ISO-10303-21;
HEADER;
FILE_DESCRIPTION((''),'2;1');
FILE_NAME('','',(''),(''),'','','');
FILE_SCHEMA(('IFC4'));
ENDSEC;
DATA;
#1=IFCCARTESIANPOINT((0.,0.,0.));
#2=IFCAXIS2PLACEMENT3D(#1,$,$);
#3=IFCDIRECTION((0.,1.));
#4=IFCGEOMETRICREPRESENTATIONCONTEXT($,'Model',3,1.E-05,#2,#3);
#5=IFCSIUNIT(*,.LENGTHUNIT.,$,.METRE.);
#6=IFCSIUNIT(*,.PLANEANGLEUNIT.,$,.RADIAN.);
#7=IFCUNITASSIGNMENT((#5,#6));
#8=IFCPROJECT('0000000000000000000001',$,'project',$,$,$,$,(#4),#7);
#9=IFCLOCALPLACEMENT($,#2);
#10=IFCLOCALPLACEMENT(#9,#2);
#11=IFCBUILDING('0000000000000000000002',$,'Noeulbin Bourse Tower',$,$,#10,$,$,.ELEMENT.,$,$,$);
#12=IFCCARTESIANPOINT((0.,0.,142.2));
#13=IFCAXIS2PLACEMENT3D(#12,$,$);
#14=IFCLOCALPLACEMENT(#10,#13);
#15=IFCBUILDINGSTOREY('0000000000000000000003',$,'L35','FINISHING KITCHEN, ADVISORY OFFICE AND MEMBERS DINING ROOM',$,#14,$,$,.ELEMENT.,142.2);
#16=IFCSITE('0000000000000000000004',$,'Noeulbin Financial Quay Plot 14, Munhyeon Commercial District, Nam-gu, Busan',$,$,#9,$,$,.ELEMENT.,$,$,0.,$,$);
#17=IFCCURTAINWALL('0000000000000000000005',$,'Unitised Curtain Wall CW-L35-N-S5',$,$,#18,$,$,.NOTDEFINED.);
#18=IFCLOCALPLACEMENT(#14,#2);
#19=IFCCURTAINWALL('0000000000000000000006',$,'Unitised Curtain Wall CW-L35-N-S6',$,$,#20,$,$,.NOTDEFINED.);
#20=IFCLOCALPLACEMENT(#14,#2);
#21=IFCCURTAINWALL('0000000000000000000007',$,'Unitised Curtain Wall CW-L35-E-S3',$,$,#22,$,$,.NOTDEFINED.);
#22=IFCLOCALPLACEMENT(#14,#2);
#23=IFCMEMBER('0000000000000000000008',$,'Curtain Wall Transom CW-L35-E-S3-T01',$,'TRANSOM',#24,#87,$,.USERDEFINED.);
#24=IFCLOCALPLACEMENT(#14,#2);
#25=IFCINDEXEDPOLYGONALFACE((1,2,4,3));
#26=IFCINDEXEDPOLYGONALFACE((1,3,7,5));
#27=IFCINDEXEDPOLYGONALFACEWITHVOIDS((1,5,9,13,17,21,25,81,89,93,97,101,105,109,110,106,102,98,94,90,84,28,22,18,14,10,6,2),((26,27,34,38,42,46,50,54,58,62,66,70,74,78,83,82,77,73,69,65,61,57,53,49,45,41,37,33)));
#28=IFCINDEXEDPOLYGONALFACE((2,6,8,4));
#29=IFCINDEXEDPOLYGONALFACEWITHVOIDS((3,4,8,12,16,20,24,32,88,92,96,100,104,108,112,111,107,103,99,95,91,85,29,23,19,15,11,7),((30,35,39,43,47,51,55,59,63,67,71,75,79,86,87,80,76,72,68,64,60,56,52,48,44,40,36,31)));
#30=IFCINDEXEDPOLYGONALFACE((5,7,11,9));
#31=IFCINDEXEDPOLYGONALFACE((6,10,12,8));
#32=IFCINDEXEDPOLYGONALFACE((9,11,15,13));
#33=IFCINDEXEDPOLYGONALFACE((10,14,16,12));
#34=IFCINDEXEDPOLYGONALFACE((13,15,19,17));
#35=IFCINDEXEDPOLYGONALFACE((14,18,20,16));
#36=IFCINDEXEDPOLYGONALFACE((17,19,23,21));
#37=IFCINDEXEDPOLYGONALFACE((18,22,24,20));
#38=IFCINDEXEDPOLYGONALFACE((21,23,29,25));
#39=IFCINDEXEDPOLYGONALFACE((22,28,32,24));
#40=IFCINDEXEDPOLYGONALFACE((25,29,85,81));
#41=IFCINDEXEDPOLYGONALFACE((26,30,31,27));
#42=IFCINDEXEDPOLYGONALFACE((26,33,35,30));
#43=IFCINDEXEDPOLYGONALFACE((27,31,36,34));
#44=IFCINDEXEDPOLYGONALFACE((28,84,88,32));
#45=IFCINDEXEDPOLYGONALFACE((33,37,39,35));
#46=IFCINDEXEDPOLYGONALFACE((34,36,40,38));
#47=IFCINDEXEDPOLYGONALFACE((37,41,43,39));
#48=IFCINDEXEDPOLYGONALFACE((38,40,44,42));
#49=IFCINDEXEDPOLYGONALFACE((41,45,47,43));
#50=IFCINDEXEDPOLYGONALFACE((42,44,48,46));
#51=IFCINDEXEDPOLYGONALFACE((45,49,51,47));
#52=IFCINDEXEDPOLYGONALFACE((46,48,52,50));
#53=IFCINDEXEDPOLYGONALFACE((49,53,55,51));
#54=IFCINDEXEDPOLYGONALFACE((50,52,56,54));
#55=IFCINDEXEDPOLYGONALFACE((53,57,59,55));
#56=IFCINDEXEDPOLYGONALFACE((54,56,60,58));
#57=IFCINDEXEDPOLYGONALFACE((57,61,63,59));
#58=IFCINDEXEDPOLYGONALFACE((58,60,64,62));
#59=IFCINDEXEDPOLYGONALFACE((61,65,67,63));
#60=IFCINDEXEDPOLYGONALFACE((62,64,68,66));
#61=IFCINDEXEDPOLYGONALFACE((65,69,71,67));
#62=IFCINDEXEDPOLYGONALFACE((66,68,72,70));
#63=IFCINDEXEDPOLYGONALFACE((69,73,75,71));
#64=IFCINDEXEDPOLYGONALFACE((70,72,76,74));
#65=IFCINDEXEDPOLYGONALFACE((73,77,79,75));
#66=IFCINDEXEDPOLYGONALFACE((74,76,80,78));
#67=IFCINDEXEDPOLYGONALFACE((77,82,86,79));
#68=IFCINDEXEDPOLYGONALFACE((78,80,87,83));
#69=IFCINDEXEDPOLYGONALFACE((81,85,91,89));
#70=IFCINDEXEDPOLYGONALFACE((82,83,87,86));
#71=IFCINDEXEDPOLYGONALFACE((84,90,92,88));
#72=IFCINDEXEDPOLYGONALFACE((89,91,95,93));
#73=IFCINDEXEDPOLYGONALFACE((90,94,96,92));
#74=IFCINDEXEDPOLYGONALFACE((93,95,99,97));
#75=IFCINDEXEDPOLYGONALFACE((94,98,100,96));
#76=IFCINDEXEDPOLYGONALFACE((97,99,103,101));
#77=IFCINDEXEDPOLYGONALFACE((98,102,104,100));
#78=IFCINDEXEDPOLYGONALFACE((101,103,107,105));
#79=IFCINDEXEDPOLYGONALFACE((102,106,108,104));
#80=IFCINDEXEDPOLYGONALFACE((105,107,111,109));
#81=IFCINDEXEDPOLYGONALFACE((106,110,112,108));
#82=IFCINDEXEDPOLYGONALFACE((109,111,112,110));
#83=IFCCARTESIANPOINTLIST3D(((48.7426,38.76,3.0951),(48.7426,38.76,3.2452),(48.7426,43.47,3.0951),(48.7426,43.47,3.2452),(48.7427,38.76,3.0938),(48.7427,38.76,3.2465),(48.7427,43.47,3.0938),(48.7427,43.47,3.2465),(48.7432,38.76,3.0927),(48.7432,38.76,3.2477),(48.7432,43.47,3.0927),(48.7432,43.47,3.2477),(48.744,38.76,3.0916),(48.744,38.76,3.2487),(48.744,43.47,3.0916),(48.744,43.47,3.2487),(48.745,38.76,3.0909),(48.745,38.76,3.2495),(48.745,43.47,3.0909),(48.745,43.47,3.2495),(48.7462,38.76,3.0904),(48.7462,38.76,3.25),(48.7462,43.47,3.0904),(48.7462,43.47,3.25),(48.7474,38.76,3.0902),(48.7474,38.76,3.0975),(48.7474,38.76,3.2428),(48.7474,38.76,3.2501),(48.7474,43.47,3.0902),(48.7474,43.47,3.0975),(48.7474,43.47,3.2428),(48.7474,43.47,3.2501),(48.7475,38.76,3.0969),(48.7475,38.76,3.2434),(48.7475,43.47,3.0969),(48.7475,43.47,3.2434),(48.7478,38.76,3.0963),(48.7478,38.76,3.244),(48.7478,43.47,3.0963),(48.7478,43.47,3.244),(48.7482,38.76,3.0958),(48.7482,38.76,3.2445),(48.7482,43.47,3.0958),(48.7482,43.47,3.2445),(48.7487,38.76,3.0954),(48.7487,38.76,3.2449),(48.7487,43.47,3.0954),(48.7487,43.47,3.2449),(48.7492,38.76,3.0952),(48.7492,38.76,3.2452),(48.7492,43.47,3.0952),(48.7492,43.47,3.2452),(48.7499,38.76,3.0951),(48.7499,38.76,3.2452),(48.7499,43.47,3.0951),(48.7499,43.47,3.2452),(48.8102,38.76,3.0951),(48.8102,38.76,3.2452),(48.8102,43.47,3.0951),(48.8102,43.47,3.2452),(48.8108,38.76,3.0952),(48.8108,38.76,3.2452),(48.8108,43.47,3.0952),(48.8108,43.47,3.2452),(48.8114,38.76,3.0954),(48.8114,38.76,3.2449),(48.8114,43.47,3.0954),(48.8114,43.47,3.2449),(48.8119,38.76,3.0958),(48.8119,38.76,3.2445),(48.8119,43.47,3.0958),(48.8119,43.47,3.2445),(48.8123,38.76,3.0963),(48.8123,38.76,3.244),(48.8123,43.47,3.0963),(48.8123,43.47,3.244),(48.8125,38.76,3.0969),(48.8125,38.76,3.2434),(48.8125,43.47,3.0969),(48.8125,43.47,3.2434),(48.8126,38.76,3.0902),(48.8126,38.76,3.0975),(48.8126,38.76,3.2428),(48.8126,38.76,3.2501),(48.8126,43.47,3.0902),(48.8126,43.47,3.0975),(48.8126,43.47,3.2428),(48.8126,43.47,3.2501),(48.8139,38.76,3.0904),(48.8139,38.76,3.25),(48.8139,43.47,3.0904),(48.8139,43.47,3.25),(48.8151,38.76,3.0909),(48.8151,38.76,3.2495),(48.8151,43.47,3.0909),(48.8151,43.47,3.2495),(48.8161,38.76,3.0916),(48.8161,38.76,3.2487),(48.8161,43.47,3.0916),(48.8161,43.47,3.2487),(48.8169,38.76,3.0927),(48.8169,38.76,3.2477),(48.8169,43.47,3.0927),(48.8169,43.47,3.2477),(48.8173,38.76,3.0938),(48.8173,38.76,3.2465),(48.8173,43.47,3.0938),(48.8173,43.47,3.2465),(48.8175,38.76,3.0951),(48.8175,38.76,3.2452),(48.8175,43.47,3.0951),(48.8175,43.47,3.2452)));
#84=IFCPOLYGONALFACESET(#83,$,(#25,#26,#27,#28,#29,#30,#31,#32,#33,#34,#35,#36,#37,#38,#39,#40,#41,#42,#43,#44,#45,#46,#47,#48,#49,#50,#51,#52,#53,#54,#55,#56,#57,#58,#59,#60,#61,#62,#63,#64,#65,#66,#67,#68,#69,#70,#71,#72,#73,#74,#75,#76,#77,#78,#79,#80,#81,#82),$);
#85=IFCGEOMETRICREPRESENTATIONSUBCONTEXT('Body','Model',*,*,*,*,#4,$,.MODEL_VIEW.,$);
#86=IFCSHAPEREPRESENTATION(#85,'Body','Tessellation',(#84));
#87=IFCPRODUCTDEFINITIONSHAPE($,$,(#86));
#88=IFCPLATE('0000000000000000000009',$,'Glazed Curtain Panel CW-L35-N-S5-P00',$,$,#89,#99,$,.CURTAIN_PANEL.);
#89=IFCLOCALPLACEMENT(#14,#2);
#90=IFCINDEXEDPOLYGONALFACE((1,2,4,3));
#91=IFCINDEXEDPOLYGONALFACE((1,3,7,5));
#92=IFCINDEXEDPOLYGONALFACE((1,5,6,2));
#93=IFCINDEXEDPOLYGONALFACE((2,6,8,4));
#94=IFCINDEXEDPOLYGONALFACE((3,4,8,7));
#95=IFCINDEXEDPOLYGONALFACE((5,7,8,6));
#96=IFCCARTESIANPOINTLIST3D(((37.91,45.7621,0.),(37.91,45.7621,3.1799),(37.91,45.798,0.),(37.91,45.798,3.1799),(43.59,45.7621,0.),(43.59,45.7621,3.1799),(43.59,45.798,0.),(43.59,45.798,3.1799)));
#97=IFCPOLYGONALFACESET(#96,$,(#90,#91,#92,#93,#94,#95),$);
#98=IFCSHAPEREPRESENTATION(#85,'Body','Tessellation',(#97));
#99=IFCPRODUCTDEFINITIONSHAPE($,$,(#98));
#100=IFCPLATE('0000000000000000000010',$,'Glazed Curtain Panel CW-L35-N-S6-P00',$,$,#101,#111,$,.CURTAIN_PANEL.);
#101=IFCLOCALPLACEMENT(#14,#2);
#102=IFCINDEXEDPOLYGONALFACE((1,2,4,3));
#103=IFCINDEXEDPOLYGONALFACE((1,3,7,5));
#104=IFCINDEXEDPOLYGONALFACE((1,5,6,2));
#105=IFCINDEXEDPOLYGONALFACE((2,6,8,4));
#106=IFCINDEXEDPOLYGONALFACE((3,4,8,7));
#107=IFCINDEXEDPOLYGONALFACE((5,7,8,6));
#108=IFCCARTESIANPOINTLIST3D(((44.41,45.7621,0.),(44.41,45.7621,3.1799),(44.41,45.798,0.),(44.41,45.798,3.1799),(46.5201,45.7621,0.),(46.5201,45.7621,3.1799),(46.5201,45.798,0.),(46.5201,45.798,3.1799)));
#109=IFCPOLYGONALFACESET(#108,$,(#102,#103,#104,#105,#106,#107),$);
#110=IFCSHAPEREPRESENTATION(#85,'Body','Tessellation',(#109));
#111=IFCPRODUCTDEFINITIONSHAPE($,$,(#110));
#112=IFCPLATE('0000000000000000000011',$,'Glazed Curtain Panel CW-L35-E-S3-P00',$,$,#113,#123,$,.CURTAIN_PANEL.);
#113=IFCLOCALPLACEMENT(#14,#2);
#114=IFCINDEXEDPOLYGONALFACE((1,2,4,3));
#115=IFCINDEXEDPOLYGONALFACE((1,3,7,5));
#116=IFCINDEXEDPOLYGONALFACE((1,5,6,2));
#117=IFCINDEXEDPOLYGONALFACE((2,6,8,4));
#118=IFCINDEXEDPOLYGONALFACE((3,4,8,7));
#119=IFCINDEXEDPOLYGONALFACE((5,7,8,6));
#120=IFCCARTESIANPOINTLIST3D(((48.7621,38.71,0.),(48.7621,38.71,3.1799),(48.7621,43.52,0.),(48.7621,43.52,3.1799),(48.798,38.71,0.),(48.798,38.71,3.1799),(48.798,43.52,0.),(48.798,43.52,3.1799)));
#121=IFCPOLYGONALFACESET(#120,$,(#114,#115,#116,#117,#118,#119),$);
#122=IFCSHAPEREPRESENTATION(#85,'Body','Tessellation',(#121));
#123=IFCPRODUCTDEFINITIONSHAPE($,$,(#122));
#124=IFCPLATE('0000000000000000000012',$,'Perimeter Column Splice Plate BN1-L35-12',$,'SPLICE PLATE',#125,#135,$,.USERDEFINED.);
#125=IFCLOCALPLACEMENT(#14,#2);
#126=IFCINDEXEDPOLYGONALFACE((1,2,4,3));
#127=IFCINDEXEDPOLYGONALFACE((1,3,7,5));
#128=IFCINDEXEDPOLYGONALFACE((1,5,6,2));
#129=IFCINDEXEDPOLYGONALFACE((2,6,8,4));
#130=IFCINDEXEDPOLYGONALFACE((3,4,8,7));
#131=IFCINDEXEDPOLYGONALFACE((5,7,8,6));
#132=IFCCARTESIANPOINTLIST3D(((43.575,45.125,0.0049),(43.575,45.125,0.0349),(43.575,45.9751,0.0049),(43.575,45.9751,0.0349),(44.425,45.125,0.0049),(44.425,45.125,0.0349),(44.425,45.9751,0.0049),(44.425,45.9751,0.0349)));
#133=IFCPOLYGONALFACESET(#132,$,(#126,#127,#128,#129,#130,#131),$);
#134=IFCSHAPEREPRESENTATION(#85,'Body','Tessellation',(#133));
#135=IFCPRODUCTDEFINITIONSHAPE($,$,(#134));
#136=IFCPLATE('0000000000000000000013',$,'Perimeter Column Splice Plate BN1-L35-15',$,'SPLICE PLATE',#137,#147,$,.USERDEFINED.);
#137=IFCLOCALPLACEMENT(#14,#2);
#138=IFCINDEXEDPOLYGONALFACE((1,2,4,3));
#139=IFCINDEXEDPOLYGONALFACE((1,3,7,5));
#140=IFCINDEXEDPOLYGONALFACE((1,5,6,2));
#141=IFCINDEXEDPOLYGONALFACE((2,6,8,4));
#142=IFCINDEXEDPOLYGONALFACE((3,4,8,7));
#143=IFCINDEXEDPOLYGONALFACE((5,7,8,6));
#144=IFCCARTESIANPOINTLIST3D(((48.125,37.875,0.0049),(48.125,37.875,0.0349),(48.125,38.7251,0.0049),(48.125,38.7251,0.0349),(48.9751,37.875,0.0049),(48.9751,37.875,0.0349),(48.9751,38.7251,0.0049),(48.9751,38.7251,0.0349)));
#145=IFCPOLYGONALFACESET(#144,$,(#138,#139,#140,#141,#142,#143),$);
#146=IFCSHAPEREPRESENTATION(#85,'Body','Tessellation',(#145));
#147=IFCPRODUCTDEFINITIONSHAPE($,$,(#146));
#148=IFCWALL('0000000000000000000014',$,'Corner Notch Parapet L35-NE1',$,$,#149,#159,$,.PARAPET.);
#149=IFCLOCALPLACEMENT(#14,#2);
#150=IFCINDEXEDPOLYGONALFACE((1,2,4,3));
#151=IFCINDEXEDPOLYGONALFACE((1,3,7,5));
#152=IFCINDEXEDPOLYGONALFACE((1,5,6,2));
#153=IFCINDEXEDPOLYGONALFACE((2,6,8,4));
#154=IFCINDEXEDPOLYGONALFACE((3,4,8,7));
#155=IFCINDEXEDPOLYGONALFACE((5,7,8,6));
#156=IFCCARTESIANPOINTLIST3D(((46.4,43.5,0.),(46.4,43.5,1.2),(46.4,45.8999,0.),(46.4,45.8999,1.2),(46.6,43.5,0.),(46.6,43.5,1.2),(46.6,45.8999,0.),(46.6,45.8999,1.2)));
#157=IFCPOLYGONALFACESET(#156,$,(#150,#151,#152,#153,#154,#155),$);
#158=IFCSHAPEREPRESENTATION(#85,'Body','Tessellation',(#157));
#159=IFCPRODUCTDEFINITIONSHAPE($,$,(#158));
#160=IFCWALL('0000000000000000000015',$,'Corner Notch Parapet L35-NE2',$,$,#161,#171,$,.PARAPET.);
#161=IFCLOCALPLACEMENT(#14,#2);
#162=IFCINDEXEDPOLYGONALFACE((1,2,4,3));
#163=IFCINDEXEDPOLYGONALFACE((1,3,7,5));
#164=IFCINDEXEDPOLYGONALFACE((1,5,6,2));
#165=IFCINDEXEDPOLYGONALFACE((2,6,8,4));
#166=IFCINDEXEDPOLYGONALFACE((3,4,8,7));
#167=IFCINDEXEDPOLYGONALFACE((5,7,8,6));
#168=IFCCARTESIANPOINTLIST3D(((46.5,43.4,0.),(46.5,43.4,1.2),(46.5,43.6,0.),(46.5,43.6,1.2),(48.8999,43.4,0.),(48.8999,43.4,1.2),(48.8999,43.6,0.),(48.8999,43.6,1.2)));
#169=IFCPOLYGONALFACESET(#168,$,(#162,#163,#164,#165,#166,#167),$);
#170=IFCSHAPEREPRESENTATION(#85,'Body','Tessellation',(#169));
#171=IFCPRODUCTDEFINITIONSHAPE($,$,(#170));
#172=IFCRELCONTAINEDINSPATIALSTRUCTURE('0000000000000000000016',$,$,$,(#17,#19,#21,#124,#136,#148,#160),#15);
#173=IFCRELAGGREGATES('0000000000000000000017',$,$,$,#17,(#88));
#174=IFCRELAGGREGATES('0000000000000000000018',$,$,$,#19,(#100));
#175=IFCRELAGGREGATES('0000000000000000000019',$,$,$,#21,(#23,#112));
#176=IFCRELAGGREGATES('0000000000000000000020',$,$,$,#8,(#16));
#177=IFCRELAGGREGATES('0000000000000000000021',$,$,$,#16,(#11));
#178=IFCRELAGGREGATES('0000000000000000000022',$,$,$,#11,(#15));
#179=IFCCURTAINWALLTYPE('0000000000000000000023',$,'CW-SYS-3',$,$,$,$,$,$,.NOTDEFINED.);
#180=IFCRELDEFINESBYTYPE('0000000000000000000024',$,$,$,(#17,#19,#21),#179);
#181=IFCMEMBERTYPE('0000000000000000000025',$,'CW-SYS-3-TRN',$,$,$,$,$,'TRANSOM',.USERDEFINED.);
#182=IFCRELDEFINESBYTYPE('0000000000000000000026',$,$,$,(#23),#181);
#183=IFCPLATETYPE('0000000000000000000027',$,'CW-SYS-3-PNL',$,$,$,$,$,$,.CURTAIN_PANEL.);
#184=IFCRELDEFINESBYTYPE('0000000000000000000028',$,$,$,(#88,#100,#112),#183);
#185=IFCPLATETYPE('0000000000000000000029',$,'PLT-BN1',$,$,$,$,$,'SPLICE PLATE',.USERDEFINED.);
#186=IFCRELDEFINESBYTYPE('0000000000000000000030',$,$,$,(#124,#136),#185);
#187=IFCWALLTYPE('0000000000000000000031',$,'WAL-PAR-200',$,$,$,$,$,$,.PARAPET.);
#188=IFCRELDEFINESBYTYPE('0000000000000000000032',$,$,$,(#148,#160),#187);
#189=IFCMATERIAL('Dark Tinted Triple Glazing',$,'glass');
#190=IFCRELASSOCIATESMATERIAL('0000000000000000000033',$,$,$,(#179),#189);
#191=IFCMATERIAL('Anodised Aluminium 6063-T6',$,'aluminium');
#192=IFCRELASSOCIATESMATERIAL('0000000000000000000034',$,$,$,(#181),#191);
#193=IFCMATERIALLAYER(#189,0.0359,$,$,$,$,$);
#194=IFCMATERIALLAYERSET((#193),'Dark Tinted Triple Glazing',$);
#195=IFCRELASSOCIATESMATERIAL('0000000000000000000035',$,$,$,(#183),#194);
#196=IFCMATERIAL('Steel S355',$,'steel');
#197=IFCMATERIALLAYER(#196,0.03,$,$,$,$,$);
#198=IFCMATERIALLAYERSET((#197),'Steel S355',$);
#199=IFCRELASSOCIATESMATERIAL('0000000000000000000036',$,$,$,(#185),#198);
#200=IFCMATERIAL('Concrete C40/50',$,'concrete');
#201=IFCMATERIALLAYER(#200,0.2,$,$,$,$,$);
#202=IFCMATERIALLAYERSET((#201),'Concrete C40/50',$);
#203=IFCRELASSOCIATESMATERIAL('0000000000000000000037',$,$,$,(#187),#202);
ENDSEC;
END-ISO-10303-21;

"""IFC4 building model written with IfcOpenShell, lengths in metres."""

from ifc_helpers import new_model, si_unit, direction, frame, frame_2d, origin, origin_2d, place, context, subcontext, project, spatial, rectangle, hollow_rectangle, extrude, material, layer, layer_set, material_profile, profile_set, type_object, element, aggregate, save


model = new_model("IFC4")

# Units and contexts
model_context = context("Model", 3, precision=1e-05, world=origin(), true_north=direction((0.0, 1.0)))
body_context = subcontext(model_context, "Body", "Model", "MODEL_VIEW")
ifc_project = project(units=[si_unit("LENGTHUNIT", "METRE"), si_unit("PLANEANGLEUNIT", "RADIAN")], contexts=[model_context])

# Site, building, storey
site_placement = place(None, origin())
site = spatial("IfcSite", under=ifc_project, at=site_placement, Name="Noeulbin Financial Quay Plot 14, Munhyeon Commercial District, Nam-gu, Busan", CompositionType="ELEMENT", RefElevation=0.0)
building_placement = place(site_placement, origin())
building = spatial("IfcBuilding", under=site, at=building_placement, Name="Noeulbin Bourse Tower", CompositionType="ELEMENT")
storey_placement = place(building_placement, frame((0.0, 0.0, 142.2)))
storey = spatial("IfcBuildingStorey", under=building, at=storey_placement, Name="L35", Description="FINISHING KITCHEN, ADVISORY OFFICE AND MEMBERS DINING ROOM", CompositionType="ELEMENT", Elevation=142.2)

# Shared definitions
ifc_material_1 = material(Name="Steel S355", Category="steel")

# Curtain wall
ifc_material_2 = material(Name="Dark Tinted Triple Glazing", Category="glass")
curtain_wall_type = type_object("IfcCurtainWallType", Name="CW-SYS-3", PredefinedType="NOTDEFINED", material=ifc_material_2)
curtain_wall_1_placement = place(storey_placement, origin())
curtain_wall_1 = element("IfcCurtainWall", 1, at=curtain_wall_1_placement, inside=storey, type_object=curtain_wall_type, Name="Unitised Curtain Wall CW-L35-N-S5", PredefinedType="NOTDEFINED")
ifc_material_3 = material(Name="Anodised Aluminium 6063-T6", Category="aluminium")

# Curtain walls
curtain_wall_2_placement = place(storey_placement, origin())
curtain_wall_2 = element("IfcCurtainWall", 2, at=curtain_wall_2_placement, inside=storey, type_object=curtain_wall_type, Name="Unitised Curtain Wall CW-L35-N-S6", PredefinedType="NOTDEFINED")
curtain_wall_3_placement = place(storey_placement, origin())
curtain_wall_3 = element("IfcCurtainWall", 3, at=curtain_wall_3_placement, inside=storey, type_object=curtain_wall_type, Name="Unitised Curtain Wall CW-L35-E-S3", PredefinedType="NOTDEFINED")

# Member
ifc_material_profile_1 = material_profile(ifc_material_3, hollow_rectangle(XDim=0.075, YDim=0.1599, WallThickness=0.0049, InnerFilletRadius=0.0024, OuterFilletRadius=0.0049, at=origin_2d()), Name="ALU-TRAN-75x160x5", Category="LoadBearing")
ifc_profile_set_1 = profile_set([ifc_material_profile_1], Name="Anodised Aluminium 6063-T6")
member_type_1 = type_object("IfcMemberType", Name="CW-SYS-3-TRN", ElementType="TRANSOM", PredefinedType="USERDEFINED", material=ifc_profile_set_1)
member_1_placement = place(storey_placement, frame((48.78, 38.76, 3.1702), z_axis=(0.0, 1.0, 0.0), x_axis=(-1.0, 0.0, 0.0)))
member_1 = element("IfcMember", 4, at=member_1_placement, type_object=member_type_1, Name="Curtain Wall Transom CW-L35-E-S3-T01", ObjectType="TRANSOM", PredefinedType="USERDEFINED", context=body_context, shape_type="SweptSolid", body=[
    extrude(hollow_rectangle(XDim=0.075, YDim=0.1599, WallThickness=0.0049, InnerFilletRadius=0.0024, OuterFilletRadius=0.0049, at=origin_2d()), origin(), (0.0, 0.0, 1.0), 4.71),
])

# Plates
ifc_layer_1 = layer(ifc_material_2, 0.0359)
ifc_layer_set_1 = layer_set([ifc_layer_1], Name="Dark Tinted Triple Glazing")
plate_type_1 = type_object("IfcPlateType", Name="CW-SYS-3-PNL", PredefinedType="CURTAIN_PANEL", material=ifc_layer_set_1)
plate_1_placement = place(storey_placement, frame((40.75, 45.78, 0.0), z_axis=(0.0, 0.0, 1.0), x_axis=(1.0, 0.0, 0.0)))
plate_1 = element("IfcPlate", 5, at=plate_1_placement, type_object=plate_type_1, Name="Glazed Curtain Panel CW-L35-N-S5-P00", PredefinedType="CURTAIN_PANEL", context=body_context, shape_type="SweptSolid", body=[
    extrude(rectangle(XDim=5.6799, YDim=0.0359, at=origin_2d()), origin(), (0.0, 0.0, 1.0), 3.1799),
])
aggregate(curtain_wall_1, [plate_1])
plate_2_placement = place(storey_placement, frame((45.4651, 45.78, 0.0), z_axis=(0.0, 0.0, 1.0), x_axis=(1.0, 0.0, 0.0)))
plate_2 = element("IfcPlate", 6, at=plate_2_placement, type_object=plate_type_1, Name="Glazed Curtain Panel CW-L35-N-S6-P00", PredefinedType="CURTAIN_PANEL", context=body_context, shape_type="SweptSolid", body=[
    extrude(rectangle(XDim=2.1101, YDim=0.0359, at=origin_2d()), origin(), (0.0, 0.0, 1.0), 3.1799),
])
aggregate(curtain_wall_2, [plate_2])
plate_3_placement = place(storey_placement, frame((48.78, 41.115, 0.0), z_axis=(0.0, 0.0, 1.0), x_axis=(0.0, 1.0, 0.0)))
plate_3 = element("IfcPlate", 7, at=plate_3_placement, type_object=plate_type_1, Name="Glazed Curtain Panel CW-L35-E-S3-P00", PredefinedType="CURTAIN_PANEL", context=body_context, shape_type="SweptSolid", body=[
    extrude(rectangle(XDim=4.8101, YDim=0.0359, at=origin_2d()), origin(), (0.0, 0.0, 1.0), 3.1799),
])
aggregate(curtain_wall_3, [member_1, plate_3])

# Plates
ifc_layer_2 = layer(ifc_material_1, 0.03)
ifc_layer_set_2 = layer_set([ifc_layer_2], Name="Steel S355")
plate_type_2 = type_object("IfcPlateType", Name="PLT-BN1", ElementType="SPLICE PLATE", PredefinedType="USERDEFINED", material=ifc_layer_set_2)
for number, where, z_axis, x_axis, name in (
    (8, (44.0, 45.55, 0.0049), (0.0, 0.0, 1.0), (1.0, 0.0, 0.0), "Perimeter Column Splice Plate BN1-L35-12"),
    (9, (48.55, 38.3, 0.0049), (0.0, 0.0, 1.0), (1.0, 0.0, 0.0), "Perimeter Column Splice Plate BN1-L35-15"),
):
    element("IfcPlate", number, at=place(storey_placement, frame(where, z_axis=z_axis, x_axis=x_axis)), inside=storey, type_object=plate_type_2, Name=name, ObjectType="SPLICE PLATE", PredefinedType="USERDEFINED", context=body_context, shape_type="SweptSolid", body=[
        extrude(rectangle(XDim=0.8501, YDim=0.8501, at=origin_2d()), origin(), (0.0, 0.0, 1.0), 0.03),
    ])

# Walls
ifc_material_4 = material(Name="Concrete C40/50", Category="concrete")
ifc_layer_3 = layer(ifc_material_4, 0.2)
ifc_layer_set_3 = layer_set([ifc_layer_3], Name="Concrete C40/50")
wall_type_1 = type_object("IfcWallType", Name="WAL-PAR-200", PredefinedType="PARAPET", material=ifc_layer_set_3)
for number, where, z_axis, x_axis, name in (
    (10, (46.5, 45.8999, 0.0), (0.0, 0.0, 1.0), (0.0, -1.0, 0.0), "Corner Notch Parapet L35-NE1"),
    (11, (46.5, 43.5, 0.0), (0.0, 0.0, 1.0), (1.0, 0.0, 0.0), "Corner Notch Parapet L35-NE2"),
):
    element("IfcWall", number, at=place(storey_placement, frame(where, z_axis=z_axis, x_axis=x_axis)), inside=storey, type_object=wall_type_1, Name=name, PredefinedType="PARAPET", context=body_context, shape_type="SweptSolid", body=[
        extrude(rectangle(XDim=2.3999, YDim=0.2, at=frame_2d((1.2, 0.0))), origin(), (0.0, 0.0, 1.0), 1.2),
    ])

save(model, "model.ifc")
